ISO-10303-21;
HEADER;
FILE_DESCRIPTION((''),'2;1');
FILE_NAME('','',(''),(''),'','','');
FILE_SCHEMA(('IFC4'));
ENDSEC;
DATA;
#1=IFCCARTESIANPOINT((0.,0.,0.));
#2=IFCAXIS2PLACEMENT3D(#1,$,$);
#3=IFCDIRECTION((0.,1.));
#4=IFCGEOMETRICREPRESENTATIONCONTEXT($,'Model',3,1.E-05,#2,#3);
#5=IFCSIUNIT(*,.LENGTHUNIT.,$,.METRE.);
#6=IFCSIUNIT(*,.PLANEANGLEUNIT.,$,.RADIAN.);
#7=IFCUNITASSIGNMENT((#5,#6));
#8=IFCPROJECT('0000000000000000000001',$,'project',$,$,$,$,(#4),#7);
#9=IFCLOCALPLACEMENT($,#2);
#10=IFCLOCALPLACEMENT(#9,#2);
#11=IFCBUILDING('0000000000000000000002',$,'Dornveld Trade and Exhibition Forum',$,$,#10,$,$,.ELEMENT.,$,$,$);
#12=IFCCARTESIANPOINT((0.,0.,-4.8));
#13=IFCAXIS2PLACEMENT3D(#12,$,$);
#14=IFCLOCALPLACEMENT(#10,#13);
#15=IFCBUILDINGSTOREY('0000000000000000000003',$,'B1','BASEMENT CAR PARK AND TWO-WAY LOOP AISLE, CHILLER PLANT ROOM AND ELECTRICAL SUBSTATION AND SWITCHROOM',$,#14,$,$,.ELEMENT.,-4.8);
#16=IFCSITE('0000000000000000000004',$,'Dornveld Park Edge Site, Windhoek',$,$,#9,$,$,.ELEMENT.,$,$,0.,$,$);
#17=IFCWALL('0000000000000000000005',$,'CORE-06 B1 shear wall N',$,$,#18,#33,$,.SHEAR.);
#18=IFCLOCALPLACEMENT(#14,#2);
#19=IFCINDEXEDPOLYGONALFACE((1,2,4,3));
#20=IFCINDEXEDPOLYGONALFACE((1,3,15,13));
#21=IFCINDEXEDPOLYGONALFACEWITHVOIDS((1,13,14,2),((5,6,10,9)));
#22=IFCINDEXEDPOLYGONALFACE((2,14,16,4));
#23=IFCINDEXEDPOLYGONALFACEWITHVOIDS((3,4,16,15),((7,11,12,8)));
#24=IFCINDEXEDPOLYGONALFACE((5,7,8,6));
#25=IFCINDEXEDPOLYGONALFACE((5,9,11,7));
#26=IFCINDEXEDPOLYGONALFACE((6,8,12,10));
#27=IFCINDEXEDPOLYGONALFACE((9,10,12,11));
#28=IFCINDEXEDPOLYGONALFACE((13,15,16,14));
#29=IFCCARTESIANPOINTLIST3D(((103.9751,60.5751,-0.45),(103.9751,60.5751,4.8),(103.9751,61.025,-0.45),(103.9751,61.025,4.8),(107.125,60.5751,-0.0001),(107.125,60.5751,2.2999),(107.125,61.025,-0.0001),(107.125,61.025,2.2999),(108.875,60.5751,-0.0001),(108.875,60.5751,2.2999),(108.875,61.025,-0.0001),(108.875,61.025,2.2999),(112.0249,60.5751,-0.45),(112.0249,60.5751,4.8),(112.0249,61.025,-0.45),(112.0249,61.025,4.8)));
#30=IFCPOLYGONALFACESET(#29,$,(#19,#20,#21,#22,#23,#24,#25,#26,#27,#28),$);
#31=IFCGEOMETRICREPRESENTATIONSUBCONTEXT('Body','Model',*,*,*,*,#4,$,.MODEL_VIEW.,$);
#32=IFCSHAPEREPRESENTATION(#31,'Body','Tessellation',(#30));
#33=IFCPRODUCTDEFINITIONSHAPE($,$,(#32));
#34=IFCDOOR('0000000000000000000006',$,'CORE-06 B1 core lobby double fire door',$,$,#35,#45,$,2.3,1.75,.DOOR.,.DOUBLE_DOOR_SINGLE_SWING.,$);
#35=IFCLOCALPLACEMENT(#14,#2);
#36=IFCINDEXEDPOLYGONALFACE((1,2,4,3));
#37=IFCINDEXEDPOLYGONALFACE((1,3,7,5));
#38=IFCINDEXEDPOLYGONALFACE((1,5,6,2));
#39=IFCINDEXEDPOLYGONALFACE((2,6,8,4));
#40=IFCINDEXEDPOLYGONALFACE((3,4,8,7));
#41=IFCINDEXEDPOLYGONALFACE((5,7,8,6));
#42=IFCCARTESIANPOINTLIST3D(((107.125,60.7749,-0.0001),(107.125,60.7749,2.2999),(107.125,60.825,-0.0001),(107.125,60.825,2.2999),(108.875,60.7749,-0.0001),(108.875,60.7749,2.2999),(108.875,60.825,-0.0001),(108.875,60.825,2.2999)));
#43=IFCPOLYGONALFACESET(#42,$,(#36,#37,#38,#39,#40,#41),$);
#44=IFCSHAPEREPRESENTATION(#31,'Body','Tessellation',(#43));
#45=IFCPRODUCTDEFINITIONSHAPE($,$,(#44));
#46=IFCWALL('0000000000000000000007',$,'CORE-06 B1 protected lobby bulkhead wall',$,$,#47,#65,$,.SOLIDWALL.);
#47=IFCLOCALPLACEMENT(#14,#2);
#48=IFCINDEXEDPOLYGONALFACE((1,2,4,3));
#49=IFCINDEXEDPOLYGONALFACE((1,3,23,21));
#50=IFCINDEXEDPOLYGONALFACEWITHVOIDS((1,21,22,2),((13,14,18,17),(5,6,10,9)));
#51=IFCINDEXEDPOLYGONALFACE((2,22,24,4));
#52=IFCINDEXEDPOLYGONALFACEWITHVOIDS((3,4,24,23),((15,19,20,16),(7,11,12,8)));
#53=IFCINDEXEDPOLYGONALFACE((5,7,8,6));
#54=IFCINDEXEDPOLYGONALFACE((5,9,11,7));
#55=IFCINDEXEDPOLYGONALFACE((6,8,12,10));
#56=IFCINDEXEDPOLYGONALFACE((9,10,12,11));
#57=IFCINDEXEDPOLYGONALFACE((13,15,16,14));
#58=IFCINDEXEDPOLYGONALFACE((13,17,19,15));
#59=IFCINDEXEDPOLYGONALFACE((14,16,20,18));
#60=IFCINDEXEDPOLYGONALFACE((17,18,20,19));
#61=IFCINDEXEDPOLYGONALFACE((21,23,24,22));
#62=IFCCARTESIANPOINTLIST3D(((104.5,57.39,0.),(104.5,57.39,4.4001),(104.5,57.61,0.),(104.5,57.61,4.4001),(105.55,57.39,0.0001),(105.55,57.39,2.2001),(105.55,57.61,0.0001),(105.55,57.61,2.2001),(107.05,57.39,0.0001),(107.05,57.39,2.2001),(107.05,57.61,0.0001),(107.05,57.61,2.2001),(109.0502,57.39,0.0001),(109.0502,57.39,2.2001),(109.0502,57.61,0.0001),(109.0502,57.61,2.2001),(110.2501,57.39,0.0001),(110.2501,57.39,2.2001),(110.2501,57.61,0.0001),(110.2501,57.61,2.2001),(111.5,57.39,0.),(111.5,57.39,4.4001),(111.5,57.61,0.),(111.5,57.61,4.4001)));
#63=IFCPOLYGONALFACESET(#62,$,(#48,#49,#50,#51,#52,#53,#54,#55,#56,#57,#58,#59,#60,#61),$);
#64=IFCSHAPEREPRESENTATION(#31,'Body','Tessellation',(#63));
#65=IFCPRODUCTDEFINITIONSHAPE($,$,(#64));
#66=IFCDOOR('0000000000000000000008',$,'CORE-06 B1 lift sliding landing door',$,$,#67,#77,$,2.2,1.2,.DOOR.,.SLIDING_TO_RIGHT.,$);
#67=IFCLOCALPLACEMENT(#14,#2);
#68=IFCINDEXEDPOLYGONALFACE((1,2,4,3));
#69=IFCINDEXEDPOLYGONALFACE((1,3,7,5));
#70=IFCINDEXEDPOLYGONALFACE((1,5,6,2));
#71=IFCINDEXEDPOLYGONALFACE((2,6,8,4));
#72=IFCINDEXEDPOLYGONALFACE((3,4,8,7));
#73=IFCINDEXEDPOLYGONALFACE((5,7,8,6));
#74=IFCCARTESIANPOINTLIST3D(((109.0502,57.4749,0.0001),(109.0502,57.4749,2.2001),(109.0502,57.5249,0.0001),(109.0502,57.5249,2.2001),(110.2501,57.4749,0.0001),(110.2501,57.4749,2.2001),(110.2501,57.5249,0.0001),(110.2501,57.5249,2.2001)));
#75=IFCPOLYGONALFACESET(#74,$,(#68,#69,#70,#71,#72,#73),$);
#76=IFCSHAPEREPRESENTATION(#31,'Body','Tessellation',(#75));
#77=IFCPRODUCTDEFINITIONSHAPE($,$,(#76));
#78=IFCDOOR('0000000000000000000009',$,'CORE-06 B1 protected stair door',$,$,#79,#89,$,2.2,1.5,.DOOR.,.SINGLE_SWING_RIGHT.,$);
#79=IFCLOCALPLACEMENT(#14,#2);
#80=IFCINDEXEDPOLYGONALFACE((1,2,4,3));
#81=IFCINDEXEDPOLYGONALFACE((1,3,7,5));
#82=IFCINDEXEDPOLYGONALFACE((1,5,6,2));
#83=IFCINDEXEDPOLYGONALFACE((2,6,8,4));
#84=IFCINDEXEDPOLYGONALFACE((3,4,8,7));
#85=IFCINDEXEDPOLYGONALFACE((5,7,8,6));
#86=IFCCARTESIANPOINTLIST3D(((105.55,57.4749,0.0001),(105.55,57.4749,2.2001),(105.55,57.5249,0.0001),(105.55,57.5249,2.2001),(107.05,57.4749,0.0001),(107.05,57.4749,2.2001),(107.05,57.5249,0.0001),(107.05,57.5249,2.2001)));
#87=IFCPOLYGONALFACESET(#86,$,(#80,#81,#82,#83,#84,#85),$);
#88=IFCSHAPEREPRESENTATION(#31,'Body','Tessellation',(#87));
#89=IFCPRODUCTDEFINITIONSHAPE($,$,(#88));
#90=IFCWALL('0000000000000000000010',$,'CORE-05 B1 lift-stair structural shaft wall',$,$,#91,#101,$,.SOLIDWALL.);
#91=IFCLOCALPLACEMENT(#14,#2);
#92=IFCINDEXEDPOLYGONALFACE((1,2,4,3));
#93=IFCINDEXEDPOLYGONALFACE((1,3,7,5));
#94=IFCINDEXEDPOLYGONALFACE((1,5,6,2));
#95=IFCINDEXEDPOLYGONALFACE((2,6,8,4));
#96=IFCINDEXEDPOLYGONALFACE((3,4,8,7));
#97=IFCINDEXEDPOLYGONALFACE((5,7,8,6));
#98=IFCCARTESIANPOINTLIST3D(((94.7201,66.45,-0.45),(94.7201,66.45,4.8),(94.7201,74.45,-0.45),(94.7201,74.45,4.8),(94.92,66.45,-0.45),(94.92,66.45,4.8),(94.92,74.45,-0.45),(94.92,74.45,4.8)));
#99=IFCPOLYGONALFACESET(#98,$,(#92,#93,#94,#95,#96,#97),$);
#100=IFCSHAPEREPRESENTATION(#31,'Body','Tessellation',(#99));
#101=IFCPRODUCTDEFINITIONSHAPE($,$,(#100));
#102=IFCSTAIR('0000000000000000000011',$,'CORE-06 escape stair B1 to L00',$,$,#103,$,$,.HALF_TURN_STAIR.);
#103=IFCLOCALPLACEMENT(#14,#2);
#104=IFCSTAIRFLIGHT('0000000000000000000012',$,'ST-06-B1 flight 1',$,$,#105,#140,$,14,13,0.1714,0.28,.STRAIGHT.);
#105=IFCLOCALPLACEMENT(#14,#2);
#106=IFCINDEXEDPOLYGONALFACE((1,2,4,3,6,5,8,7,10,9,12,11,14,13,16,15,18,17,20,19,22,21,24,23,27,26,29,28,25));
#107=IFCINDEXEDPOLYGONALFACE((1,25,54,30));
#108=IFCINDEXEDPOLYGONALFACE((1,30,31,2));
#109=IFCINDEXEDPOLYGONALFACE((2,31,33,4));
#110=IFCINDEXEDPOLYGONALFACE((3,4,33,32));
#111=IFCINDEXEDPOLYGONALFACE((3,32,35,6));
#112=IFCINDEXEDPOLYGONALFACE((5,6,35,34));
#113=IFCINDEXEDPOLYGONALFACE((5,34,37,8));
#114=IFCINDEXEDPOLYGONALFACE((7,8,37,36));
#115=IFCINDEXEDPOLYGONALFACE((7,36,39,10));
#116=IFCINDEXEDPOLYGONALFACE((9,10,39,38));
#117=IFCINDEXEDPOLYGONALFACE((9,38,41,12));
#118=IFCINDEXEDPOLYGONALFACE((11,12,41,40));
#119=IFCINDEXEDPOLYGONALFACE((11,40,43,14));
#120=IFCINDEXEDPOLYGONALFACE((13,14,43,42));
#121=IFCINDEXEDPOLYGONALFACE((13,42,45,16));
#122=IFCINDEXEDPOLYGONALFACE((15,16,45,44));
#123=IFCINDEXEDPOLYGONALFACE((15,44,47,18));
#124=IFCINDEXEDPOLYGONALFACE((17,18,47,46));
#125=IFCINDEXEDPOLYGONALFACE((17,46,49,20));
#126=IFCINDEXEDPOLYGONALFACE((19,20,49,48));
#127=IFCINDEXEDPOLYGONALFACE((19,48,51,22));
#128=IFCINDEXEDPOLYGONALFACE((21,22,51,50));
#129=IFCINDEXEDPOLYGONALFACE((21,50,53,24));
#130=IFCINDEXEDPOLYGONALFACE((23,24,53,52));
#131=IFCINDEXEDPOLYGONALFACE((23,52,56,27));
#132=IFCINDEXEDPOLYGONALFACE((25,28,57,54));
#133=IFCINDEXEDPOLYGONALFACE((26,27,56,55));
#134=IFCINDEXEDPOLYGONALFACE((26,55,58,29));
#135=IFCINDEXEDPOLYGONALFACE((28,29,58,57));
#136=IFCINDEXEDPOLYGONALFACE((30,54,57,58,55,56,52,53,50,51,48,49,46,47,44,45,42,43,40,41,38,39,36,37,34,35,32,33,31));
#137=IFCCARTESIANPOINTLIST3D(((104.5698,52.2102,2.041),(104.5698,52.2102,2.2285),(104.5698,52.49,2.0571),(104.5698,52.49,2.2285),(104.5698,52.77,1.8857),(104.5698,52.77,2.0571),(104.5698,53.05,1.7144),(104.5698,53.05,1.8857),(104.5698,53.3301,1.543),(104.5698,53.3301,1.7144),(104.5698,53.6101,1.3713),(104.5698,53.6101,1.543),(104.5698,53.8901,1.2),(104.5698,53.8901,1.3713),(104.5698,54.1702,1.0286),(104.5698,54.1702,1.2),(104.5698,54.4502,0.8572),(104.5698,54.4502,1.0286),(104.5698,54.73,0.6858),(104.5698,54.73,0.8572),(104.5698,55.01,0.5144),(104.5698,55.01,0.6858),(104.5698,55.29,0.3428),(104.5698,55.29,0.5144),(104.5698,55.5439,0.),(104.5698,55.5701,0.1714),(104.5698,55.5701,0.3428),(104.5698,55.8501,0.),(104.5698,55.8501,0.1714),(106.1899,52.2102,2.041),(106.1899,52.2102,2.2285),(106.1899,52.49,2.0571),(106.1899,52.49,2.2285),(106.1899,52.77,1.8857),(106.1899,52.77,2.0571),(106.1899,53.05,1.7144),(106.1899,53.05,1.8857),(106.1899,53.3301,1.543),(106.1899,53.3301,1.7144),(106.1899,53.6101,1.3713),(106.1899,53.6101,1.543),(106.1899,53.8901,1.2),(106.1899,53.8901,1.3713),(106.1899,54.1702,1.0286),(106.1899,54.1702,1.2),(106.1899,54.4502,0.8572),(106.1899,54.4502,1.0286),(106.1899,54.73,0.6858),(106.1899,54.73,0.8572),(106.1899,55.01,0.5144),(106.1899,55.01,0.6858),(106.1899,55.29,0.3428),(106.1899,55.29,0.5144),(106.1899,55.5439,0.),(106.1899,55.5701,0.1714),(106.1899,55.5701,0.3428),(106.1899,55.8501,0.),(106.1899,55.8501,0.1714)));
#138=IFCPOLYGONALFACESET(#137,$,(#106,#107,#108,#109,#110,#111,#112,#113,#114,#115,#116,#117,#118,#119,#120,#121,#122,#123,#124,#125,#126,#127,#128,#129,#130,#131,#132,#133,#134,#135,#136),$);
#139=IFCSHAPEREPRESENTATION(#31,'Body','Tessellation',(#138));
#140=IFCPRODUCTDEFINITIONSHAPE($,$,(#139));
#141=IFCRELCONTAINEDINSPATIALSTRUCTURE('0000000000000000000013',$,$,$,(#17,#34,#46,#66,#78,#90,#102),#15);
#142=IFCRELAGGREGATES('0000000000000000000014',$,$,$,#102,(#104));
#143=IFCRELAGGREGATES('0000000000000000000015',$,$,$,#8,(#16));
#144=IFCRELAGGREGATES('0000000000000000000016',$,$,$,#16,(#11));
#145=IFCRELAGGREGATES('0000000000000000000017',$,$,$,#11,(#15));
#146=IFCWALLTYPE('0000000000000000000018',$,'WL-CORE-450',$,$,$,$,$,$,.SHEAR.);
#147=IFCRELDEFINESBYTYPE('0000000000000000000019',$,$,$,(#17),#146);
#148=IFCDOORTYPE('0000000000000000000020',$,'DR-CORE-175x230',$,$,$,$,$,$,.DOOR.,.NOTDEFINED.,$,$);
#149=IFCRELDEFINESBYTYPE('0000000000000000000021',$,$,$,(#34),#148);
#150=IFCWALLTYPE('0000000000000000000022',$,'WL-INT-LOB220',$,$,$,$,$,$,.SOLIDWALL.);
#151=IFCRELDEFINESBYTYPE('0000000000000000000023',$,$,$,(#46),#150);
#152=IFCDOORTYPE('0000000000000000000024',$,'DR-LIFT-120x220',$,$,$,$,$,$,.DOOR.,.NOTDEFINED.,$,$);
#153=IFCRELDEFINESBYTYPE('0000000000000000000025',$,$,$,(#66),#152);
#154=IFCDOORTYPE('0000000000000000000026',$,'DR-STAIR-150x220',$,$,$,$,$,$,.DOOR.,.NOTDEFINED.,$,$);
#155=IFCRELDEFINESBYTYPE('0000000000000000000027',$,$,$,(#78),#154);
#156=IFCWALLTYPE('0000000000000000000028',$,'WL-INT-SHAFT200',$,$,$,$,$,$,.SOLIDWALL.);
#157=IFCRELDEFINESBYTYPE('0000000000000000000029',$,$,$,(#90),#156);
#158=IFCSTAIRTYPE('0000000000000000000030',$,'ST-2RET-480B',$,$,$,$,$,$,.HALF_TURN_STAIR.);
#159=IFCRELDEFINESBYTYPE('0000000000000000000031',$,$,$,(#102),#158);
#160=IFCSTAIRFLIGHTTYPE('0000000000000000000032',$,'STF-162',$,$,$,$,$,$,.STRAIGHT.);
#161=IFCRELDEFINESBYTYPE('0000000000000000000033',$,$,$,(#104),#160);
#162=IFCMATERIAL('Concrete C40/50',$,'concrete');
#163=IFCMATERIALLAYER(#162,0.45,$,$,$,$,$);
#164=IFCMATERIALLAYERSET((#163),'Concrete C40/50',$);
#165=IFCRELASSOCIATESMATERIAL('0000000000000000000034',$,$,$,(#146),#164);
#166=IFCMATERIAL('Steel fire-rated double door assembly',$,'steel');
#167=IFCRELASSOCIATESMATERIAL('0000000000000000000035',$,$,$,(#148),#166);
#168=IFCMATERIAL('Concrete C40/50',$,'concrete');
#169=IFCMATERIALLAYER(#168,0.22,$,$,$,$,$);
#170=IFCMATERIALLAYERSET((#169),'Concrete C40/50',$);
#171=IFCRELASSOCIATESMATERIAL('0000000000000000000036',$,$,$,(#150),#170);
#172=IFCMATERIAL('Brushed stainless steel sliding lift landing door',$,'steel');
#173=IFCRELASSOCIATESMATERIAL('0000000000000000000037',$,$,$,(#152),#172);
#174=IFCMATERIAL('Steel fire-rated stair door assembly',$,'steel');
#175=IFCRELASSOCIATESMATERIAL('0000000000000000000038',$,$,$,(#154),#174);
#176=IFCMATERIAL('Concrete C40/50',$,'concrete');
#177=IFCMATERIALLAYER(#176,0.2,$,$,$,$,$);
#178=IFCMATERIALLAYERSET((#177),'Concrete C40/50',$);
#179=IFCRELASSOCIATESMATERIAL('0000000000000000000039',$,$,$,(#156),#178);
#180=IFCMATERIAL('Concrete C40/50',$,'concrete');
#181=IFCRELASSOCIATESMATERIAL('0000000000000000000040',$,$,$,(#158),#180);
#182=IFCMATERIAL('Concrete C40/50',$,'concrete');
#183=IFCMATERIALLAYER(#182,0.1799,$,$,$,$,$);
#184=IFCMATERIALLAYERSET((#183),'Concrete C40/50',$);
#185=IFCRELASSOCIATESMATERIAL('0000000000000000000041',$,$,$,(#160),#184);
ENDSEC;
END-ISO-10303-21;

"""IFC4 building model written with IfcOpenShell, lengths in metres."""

from ifc_helpers import new_model, si_unit, direction, frame, frame_2d, origin, place, context, subcontext, project, spatial, polyline, rectangle, outline, extrude, material, layer, layer_set, type_object, element, fill, aggregate, save


model = new_model("IFC4")

# Units and contexts
model_context = context("Model", 3, precision=1e-05, world=origin(), true_north=direction((0.0, 1.0)))
body_context = subcontext(model_context, "Body", "Model", "MODEL_VIEW")
ifc_project = project(units=[si_unit("LENGTHUNIT", "METRE"), si_unit("PLANEANGLEUNIT", "RADIAN")], contexts=[model_context])

# Site, building, storey
site_placement = place(None, origin())
site = spatial("IfcSite", under=ifc_project, at=site_placement, Name="Dornveld Park Edge Site, Windhoek", CompositionType="ELEMENT", RefElevation=0.0)
building_placement = place(site_placement, origin())
building = spatial("IfcBuilding", under=site, at=building_placement, Name="Dornveld Trade and Exhibition Forum", CompositionType="ELEMENT")
storey_placement = place(building_placement, frame((0.0, 0.0, -4.8)))
storey = spatial("IfcBuildingStorey", under=building, at=storey_placement, Name="B1", Description="BASEMENT CAR PARK AND TWO-WAY LOOP AISLE, CHILLER PLANT ROOM AND ELECTRICAL SUBSTATION AND SWITCHROOM", CompositionType="ELEMENT", Elevation=-4.8)

# Shared definitions
ifc_material_1 = material(Name="Concrete C40/50", Category="concrete")
ifc_layer_1 = layer(ifc_material_1, 0.45)
ifc_layer_set_1 = layer_set([ifc_layer_1], Name="Concrete C40/50")
wall_type_1 = type_object("IfcWallType", Name="WL-CORE-450", PredefinedType="SHEAR", material=ifc_layer_set_1)

# Wall, opening, door
wall_1_placement = place(storey_placement, frame((103.9751, 60.8, -0.45), z_axis=(0.0, 0.0, 1.0), x_axis=(1.0, 0.0, 0.0)))
wall_1 = element("IfcWall", 1, at=wall_1_placement, inside=storey, type_object=wall_type_1, Name="CORE-06 B1 shear wall N", PredefinedType="SHEAR", context=body_context, shape_type="SweptSolid", body=[
    extrude(rectangle(XDim=8.0498, YDim=0.45, at=frame_2d((4.0249, 0.0))), origin(), (0.0, 0.0, 1.0), 5.25),
])
opening_1_placement = place(wall_1_placement, frame((3.1499, 0.0, 0.45)))
opening_1 = element("IfcOpeningElement", 2, at=opening_1_placement, cuts=wall_1, PredefinedType="OPENING", context=body_context, shape_type="SweptSolid", body=[
    extrude(rectangle(XDim=1.75, YDim=2.3, at=frame_2d((0.875, 1.1499))), frame((0.0, 0.2349, 0.0), z_axis=(0.0, -1.0, 0.0), x_axis=(1.0, 0.0, 0.0)), (0.0, 0.0, 1.0), 0.47),
])
ifc_material_2 = material(Name="Steel fire-rated double door assembly", Category="steel")
door_type_1 = type_object("IfcDoorType", Name="DR-CORE-175x230", OperationType="NOTDEFINED", PredefinedType="DOOR", material=ifc_material_2)
door_1_placement = place(opening_1_placement, origin())
door_1 = element("IfcDoor", 3, at=door_1_placement, inside=storey, type_object=door_type_1, Name="CORE-06 B1 core lobby double fire door", OperationType="DOUBLE_DOOR_SINGLE_SWING", OverallHeight=2.3, OverallWidth=1.75, PredefinedType="DOOR", context=body_context, shape_type="SweptSolid", body=[
    extrude(rectangle(XDim=1.75, YDim=2.3, at=frame_2d((0.875, 1.1499))), frame((0.0, 0.0249, 0.0), z_axis=(0.0, -1.0, 0.0), x_axis=(1.0, 0.0, 0.0)), (0.0, 0.0, 1.0), 0.05),
])
fill(opening_1, door_1)

# Wall, openings, doors
ifc_material_3 = material(Name="Concrete C40/50", Category="concrete")
ifc_layer_2 = layer(ifc_material_3, 0.22)
ifc_layer_set_2 = layer_set([ifc_layer_2], Name="Concrete C40/50")
wall_type_2 = type_object("IfcWallType", Name="WL-INT-LOB220", PredefinedType="SOLIDWALL", material=ifc_layer_set_2)
wall_2_placement = place(storey_placement, frame((104.5, 57.5, 0.0), z_axis=(0.0, 0.0, 1.0), x_axis=(1.0, 0.0, 0.0)))
wall_2 = element("IfcWall", 4, at=wall_2_placement, inside=storey, type_object=wall_type_2, Name="CORE-06 B1 protected lobby bulkhead wall", PredefinedType="SOLIDWALL", context=body_context, shape_type="SweptSolid", body=[
    extrude(rectangle(XDim=7.0, YDim=0.22, at=frame_2d((3.5, 0.0))), origin(), (0.0, 0.0, 1.0), 4.4001),
])
opening_2_placement = place(wall_2_placement, frame((1.05, 0.0, 0.0)))
opening_2 = element("IfcOpeningElement", 5, at=opening_2_placement, cuts=wall_2, PredefinedType="OPENING", context=body_context, shape_type="SweptSolid", body=[
    extrude(rectangle(XDim=1.5, YDim=2.2, at=frame_2d((0.75, 1.1001))), frame((0.0, 0.1199, 0.0), z_axis=(0.0, -1.0, 0.0), x_axis=(1.0, 0.0, 0.0)), (0.0, 0.0, 1.0), 0.24),
])
opening_3_placement = place(wall_2_placement, frame((4.55, 0.0, 0.0)))
opening_3 = element("IfcOpeningElement", 6, at=opening_3_placement, cuts=wall_2, PredefinedType="OPENING", context=body_context, shape_type="SweptSolid", body=[
    extrude(rectangle(XDim=1.2, YDim=2.2, at=frame_2d((0.6001, 1.1001))), frame((0.0, 0.1199, 0.0), z_axis=(0.0, -1.0, 0.0), x_axis=(1.0, 0.0, 0.0)), (0.0, 0.0, 1.0), 0.24),
])
ifc_material_4 = material(Name="Brushed stainless steel sliding lift landing door", Category="steel")
door_type_2 = type_object("IfcDoorType", Name="DR-LIFT-120x220", OperationType="NOTDEFINED", PredefinedType="DOOR", material=ifc_material_4)
door_2_placement = place(opening_3_placement, origin())
door_2 = element("IfcDoor", 7, at=door_2_placement, inside=storey, type_object=door_type_2, Name="CORE-06 B1 lift sliding landing door", OperationType="SLIDING_TO_RIGHT", OverallHeight=2.2, OverallWidth=1.2, PredefinedType="DOOR", context=body_context, shape_type="SweptSolid", body=[
    extrude(rectangle(XDim=1.2, YDim=2.2, at=frame_2d((0.6001, 1.1001))), frame((0.0, 0.0249, 0.0), z_axis=(0.0, -1.0, 0.0), x_axis=(1.0, 0.0, 0.0)), (0.0, 0.0, 1.0), 0.05),
])
fill(opening_3, door_2)
ifc_material_5 = material(Name="Steel fire-rated stair door assembly", Category="steel")
door_type_3 = type_object("IfcDoorType", Name="DR-STAIR-150x220", OperationType="NOTDEFINED", PredefinedType="DOOR", material=ifc_material_5)
door_3_placement = place(opening_2_placement, origin())
door_3 = element("IfcDoor", 8, at=door_3_placement, inside=storey, type_object=door_type_3, Name="CORE-06 B1 protected stair door", OperationType="SINGLE_SWING_RIGHT", OverallHeight=2.2, OverallWidth=1.5, PredefinedType="DOOR", context=body_context, shape_type="SweptSolid", body=[
    extrude(rectangle(XDim=1.5, YDim=2.2, at=frame_2d((0.75, 1.1001))), frame((0.0, 0.0249, 0.0), z_axis=(0.0, -1.0, 0.0), x_axis=(1.0, 0.0, 0.0)), (0.0, 0.0, 1.0), 0.05),
])
fill(opening_2, door_3)

# Wall
ifc_material_6 = material(Name="Concrete C40/50", Category="concrete")
ifc_layer_3 = layer(ifc_material_6, 0.2)
ifc_layer_set_3 = layer_set([ifc_layer_3], Name="Concrete C40/50")
wall_type_3 = type_object("IfcWallType", Name="WL-INT-SHAFT200", PredefinedType="SOLIDWALL", material=ifc_layer_set_3)
wall_3_placement = place(storey_placement, frame((94.8201, 66.45, -0.45), z_axis=(0.0, 0.0, 1.0), x_axis=(0.0, 1.0, 0.0)))
element("IfcWall", 9, at=wall_3_placement, inside=storey, type_object=wall_type_3, Name="CORE-05 B1 lift-stair structural shaft wall", PredefinedType="SOLIDWALL", context=body_context, shape_type="SweptSolid", body=[
    extrude(rectangle(XDim=8.0, YDim=0.2, at=frame_2d((4.0, 0.0))), origin(), (0.0, 0.0, 1.0), 5.25),
])

# Stair, stair flight
ifc_material_7 = material(Name="Concrete C40/50", Category="concrete")
stair_type = type_object("IfcStairType", Name="ST-2RET-480B", PredefinedType="HALF_TURN_STAIR", material=ifc_material_7)
stair_placement = place(storey_placement, origin())
stair = element("IfcStair", 10, at=stair_placement, inside=storey, type_object=stair_type, Name="CORE-06 escape stair B1 to L00", PredefinedType="HALF_TURN_STAIR")
ifc_material_8 = material(Name="Concrete C40/50", Category="concrete")
ifc_layer_4 = layer(ifc_material_8, 0.1799)
ifc_layer_set_4 = layer_set([ifc_layer_4], Name="Concrete C40/50")
stair_flight_type = type_object("IfcStairFlightType", Name="STF-162", PredefinedType="STRAIGHT", material=ifc_layer_set_4)
stair_flight_placement = place(storey_placement, frame((105.3799, 55.8501, 0.0), z_axis=(0.0, 0.0, 1.0), x_axis=(0.0, -1.0, 0.0)))
stair_flight = element("IfcStairFlight", 11, at=stair_flight_placement, type_object=stair_flight_type, Name="ST-06-B1 flight 1", NumberOfRisers=14, NumberOfTreads=13, PredefinedType="STRAIGHT", RiserHeight=0.1714, TreadLength=0.28, context=body_context, shape_type="SweptSolid", body=[
    extrude(outline(polyline([(0.0, 0.0), (0.0, 0.1714), (0.28, 0.1714), (0.28, 0.3428), (0.5601, 0.3428), (0.5601, 0.5144), (0.8401, 0.5144), (0.8401, 0.6858), (1.1201, 0.6858), (1.1201, 0.8572), (1.3999, 0.8572), (1.3999, 1.0286), (1.6799, 1.0286), (1.6799, 1.2), (1.96, 1.2), (1.96, 1.3713), (2.24, 1.3713), (2.24, 1.543), (2.52, 1.543), (2.52, 1.7144), (2.8, 1.7144), (2.8, 1.8857), (3.0801, 1.8857), (3.0801, 2.0571), (3.3601, 2.0571), (3.3601, 2.2285), (3.6399, 2.2285), (3.6399, 2.3999), (3.6399, 2.041), (0.3062, 0.0), (0.0, 0.0)])), frame((0.0, 0.8101, 0.0), z_axis=(0.0, -1.0, 0.0), x_axis=(1.0, 0.0, 0.0)), (0.0, 0.0, 1.0), 1.6201),
])
aggregate(stair, [stair_flight])

save(model, "model.ifc")
